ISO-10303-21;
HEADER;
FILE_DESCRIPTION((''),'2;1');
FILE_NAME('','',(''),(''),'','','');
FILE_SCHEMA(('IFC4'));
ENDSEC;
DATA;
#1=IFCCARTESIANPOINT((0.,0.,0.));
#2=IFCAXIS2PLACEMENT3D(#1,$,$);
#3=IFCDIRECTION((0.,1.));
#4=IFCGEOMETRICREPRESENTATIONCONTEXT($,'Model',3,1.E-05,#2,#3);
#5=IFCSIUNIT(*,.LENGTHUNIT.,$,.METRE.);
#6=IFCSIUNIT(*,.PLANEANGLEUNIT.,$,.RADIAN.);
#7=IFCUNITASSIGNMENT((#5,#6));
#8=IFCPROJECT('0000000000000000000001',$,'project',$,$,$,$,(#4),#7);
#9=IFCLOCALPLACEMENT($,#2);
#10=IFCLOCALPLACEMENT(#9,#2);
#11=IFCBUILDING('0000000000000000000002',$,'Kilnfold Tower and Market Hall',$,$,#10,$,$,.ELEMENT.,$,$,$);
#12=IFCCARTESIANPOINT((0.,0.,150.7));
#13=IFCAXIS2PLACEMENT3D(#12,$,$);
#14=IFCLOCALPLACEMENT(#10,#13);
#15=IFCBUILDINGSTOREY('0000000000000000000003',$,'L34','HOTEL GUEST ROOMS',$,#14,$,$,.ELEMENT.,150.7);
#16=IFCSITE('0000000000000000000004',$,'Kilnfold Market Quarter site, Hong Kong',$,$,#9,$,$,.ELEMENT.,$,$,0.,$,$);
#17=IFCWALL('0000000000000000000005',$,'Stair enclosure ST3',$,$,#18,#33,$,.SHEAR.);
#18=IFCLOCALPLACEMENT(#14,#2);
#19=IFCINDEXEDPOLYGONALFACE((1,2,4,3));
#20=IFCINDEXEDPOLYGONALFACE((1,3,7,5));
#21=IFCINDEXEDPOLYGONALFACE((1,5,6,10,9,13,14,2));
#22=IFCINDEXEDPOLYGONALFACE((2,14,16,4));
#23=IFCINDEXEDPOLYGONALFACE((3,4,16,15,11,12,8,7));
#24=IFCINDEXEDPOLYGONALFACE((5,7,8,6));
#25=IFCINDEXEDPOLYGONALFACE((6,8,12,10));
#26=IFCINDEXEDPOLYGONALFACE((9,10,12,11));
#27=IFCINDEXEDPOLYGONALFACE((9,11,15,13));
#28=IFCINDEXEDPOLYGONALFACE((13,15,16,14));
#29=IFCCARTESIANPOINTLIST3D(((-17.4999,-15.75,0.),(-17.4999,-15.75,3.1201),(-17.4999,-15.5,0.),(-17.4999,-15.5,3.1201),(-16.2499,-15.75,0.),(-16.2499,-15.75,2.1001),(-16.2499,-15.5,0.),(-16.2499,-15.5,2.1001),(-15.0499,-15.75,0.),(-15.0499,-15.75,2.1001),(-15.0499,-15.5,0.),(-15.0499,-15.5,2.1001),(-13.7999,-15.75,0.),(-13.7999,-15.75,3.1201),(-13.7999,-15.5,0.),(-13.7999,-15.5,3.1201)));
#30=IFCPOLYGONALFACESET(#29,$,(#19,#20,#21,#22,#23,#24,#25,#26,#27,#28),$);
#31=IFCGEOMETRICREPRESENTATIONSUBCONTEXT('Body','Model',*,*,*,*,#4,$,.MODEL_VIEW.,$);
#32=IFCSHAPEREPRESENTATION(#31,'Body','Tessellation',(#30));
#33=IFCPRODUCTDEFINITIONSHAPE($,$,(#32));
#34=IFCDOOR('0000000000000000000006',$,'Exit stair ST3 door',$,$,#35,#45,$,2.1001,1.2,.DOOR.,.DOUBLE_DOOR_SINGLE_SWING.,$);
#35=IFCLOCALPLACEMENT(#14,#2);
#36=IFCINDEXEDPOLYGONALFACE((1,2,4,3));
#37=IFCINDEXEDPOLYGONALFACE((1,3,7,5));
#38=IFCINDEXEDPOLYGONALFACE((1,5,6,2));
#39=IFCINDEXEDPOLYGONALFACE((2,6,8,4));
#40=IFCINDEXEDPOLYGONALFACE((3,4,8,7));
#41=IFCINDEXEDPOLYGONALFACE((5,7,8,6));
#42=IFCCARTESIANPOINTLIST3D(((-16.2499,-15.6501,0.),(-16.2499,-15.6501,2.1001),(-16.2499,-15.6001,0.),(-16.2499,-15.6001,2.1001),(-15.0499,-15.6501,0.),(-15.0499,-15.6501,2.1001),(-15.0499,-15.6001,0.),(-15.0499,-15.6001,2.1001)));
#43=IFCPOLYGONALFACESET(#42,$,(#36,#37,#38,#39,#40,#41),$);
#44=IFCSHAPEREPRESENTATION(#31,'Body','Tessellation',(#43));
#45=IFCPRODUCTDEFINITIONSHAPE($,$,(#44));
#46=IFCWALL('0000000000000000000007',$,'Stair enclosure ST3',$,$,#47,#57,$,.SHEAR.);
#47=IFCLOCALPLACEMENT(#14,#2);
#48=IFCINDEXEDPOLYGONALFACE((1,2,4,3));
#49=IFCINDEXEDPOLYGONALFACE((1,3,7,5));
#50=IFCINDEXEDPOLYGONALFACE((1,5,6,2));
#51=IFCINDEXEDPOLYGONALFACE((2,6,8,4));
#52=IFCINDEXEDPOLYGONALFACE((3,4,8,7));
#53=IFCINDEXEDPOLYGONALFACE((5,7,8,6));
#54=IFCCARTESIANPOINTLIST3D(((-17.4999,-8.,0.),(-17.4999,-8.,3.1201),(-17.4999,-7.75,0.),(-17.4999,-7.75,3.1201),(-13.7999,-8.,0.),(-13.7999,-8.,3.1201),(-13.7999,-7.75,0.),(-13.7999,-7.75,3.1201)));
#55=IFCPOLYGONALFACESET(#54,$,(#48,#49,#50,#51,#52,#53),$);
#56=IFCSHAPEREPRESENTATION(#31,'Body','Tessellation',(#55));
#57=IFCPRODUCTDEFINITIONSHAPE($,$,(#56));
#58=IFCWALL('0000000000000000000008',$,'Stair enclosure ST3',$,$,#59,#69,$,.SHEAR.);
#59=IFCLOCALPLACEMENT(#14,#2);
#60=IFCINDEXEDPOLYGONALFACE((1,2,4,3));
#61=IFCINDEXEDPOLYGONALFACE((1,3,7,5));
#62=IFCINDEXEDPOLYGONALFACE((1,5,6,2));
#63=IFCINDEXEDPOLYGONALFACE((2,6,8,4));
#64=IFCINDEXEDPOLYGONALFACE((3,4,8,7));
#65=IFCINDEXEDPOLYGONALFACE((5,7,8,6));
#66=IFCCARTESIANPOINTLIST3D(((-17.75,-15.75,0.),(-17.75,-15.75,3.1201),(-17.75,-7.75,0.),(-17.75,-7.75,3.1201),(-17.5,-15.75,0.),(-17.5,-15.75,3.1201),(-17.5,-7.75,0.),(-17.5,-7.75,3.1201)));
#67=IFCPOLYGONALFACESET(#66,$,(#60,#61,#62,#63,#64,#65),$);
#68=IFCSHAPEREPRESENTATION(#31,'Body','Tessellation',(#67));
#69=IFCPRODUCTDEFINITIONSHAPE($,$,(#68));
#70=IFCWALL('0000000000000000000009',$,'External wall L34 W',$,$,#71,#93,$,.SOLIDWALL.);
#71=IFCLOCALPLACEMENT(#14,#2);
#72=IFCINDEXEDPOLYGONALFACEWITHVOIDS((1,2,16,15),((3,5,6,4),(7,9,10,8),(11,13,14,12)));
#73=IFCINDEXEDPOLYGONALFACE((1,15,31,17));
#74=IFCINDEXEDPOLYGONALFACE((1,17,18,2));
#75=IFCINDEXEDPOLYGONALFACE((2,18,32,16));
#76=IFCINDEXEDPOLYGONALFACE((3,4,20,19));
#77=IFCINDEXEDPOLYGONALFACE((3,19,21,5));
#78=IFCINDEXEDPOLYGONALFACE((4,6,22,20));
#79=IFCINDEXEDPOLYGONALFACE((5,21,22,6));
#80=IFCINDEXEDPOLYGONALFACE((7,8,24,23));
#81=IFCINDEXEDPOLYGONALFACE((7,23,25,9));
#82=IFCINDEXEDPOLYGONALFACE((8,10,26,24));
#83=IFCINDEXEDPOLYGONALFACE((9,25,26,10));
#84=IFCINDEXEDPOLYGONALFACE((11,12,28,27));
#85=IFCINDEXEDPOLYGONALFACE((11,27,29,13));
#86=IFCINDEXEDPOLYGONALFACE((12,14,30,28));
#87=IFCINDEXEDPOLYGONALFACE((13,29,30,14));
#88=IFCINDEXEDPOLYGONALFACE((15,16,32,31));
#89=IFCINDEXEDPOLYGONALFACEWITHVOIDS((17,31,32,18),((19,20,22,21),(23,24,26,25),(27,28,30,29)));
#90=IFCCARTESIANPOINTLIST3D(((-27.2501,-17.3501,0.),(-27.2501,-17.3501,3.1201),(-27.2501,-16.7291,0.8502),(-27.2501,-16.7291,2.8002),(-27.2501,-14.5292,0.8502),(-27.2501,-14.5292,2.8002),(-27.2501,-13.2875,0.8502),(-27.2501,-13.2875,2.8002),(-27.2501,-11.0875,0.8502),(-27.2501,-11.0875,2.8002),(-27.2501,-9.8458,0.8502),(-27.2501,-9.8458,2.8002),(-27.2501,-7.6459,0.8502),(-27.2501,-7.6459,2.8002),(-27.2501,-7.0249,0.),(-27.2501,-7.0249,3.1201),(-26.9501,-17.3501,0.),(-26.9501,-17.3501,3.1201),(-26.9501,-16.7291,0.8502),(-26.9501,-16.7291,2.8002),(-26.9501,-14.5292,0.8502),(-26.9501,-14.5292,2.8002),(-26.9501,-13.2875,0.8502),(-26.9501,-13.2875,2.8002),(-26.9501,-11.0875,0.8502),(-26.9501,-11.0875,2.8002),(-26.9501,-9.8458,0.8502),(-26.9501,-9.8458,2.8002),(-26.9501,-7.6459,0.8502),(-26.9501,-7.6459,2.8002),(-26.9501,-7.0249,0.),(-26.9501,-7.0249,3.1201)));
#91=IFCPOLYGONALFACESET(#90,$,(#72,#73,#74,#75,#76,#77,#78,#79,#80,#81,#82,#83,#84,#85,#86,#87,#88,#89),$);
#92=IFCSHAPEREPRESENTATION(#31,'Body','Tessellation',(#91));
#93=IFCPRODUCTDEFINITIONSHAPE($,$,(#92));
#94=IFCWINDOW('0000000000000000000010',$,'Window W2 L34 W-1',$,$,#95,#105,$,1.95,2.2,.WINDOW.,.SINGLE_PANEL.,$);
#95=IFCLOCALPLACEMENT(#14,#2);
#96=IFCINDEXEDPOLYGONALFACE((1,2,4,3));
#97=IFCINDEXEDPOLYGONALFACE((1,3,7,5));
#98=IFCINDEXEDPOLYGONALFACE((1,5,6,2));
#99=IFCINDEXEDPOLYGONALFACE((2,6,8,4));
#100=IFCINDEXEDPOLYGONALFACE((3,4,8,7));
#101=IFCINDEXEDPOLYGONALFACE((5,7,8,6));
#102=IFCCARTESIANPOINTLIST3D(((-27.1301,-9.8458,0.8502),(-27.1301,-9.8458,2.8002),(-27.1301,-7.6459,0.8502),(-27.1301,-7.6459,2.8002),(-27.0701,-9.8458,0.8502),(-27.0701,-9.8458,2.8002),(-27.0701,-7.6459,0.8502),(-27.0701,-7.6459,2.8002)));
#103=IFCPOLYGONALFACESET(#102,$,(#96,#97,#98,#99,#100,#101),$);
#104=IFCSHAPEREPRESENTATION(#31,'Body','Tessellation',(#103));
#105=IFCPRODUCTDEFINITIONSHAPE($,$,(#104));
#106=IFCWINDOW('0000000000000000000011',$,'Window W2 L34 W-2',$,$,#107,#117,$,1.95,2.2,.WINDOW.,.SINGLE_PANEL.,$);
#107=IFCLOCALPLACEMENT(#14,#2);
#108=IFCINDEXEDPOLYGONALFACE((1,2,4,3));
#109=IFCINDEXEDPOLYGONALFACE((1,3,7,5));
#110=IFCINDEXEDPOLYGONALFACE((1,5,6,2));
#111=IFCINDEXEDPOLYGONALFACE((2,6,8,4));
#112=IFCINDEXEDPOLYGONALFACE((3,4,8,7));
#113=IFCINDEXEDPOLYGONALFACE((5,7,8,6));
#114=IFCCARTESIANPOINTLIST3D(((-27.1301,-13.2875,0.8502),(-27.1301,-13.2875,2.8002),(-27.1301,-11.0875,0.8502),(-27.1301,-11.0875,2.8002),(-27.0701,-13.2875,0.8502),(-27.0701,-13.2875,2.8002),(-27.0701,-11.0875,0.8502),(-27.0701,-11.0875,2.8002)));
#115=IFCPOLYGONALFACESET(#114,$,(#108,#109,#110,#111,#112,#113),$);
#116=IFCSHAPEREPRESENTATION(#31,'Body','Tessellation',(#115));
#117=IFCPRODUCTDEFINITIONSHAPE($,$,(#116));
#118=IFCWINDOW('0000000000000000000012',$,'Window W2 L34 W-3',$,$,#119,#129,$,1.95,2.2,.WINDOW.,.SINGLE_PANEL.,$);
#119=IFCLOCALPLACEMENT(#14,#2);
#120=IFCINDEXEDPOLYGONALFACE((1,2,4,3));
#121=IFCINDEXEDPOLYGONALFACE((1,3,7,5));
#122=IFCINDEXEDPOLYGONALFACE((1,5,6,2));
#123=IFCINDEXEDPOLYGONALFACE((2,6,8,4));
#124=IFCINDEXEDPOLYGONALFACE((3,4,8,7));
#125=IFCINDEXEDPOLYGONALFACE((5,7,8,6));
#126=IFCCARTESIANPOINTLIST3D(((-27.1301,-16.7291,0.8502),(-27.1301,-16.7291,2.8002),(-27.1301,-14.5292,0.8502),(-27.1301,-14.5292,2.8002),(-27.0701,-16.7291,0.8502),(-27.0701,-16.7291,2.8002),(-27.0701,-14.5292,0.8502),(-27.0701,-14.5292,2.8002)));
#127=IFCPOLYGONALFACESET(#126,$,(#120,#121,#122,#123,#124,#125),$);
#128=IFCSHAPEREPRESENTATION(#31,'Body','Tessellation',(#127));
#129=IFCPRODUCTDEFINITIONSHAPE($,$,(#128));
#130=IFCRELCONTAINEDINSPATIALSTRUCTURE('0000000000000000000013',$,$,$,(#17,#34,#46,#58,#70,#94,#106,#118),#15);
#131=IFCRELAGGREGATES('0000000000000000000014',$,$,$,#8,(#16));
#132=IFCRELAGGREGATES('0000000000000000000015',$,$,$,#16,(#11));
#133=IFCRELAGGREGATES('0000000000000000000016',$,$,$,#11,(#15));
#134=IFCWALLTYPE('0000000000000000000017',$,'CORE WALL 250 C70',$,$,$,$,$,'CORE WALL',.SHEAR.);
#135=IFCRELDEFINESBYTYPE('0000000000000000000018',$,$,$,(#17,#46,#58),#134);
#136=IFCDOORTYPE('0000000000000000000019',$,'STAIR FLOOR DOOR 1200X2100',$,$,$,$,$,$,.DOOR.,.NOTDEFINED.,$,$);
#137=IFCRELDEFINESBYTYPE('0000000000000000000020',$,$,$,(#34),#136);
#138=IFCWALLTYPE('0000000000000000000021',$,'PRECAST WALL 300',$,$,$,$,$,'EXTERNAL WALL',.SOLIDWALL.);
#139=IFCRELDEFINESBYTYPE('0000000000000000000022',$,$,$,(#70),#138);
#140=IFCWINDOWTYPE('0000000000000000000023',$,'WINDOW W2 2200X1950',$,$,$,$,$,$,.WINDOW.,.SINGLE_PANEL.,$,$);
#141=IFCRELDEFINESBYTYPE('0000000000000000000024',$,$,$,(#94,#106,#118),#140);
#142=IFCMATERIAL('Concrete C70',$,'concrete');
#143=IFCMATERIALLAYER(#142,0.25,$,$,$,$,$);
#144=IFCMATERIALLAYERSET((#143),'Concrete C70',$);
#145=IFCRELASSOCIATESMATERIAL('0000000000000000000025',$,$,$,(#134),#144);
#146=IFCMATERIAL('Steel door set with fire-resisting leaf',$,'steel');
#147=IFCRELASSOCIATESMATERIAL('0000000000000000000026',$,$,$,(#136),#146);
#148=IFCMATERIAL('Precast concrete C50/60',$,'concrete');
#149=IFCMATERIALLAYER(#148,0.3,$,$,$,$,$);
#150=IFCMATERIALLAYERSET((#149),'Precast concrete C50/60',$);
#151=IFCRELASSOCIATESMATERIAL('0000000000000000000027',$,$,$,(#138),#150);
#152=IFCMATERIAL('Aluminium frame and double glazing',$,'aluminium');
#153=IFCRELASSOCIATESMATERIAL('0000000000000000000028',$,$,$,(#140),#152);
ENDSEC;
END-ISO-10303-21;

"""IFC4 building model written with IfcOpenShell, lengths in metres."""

from ifc_helpers import new_model, si_unit, direction, frame, frame_2d, origin, place, context, subcontext, project, spatial, rectangle, extrude, source, transform, mapped, material, layer, layer_set, type_object, element, fill, save


model = new_model("IFC4")

# Units and contexts
model_context = context("Model", 3, precision=1e-05, world=origin(), true_north=direction((0.0, 1.0)))
body_context = subcontext(model_context, "Body", "Model", "MODEL_VIEW")
ifc_project = project(units=[si_unit("LENGTHUNIT", "METRE"), si_unit("PLANEANGLEUNIT", "RADIAN")], contexts=[model_context])

# Site, building, storey
site_placement = place(None, origin())
site = spatial("IfcSite", under=ifc_project, at=site_placement, Name="Kilnfold Market Quarter site, Hong Kong", CompositionType="ELEMENT", RefElevation=0.0)
building_placement = place(site_placement, origin())
building = spatial("IfcBuilding", under=site, at=building_placement, Name="Kilnfold Tower and Market Hall", CompositionType="ELEMENT")
storey_placement = place(building_placement, frame((0.0, 0.0, 150.7)))
storey = spatial("IfcBuildingStorey", under=building, at=storey_placement, Name="L34", Description="HOTEL GUEST ROOMS", CompositionType="ELEMENT", Elevation=150.7)

# Wall, opening, door
ifc_material_1 = material(Name="Concrete C70", Category="concrete")
ifc_layer_1 = layer(ifc_material_1, 0.25)
ifc_layer_set_1 = layer_set([ifc_layer_1], Name="Concrete C70")
wall_type_1 = type_object("IfcWallType", Name="CORE WALL 250 C70", ElementType="CORE WALL", PredefinedType="SHEAR", material=ifc_layer_set_1)
shared_shape_1 = source(origin(), body_context, "Body", "SweptSolid", [
    extrude(rectangle(XDim=3.7, YDim=0.25, at=frame_2d((1.8501, 0.0))), origin(), (0.0, 0.0, 1.0), 3.1201),
])
wall_1_placement = place(storey_placement, frame((-17.5, -15.625, 0.0), z_axis=(0.0, 0.0, 1.0), x_axis=(1.0, 0.0, 0.0)))
wall_1 = element("IfcWall", 1, at=wall_1_placement, inside=storey, type_object=wall_type_1, Name="Stair enclosure ST3", PredefinedType="SHEAR", context=body_context, shape_type="MappedRepresentation", body=[
    mapped(shared_shape_1, transform((0.0, 0.0, 0.0))),
])
opening_1_placement = place(wall_1_placement, frame((1.25, 0.0, 0.0)))
opening_1 = element("IfcOpeningElement", 2, at=opening_1_placement, cuts=wall_1, PredefinedType="OPENING", context=body_context, shape_type="SweptSolid", body=[
    extrude(rectangle(XDim=1.2, YDim=2.1001, at=frame_2d((0.6001, 1.05))), frame((0.0, 0.135, 0.0), z_axis=(0.0, -1.0, 0.0), x_axis=(1.0, 0.0, 0.0)), (0.0, 0.0, 1.0), 0.27),
])
ifc_material_2 = material(Name="Steel door set with fire-resisting leaf", Category="steel")
door_type_1 = type_object("IfcDoorType", Name="STAIR FLOOR DOOR 1200X2100", OperationType="NOTDEFINED", PredefinedType="DOOR", material=ifc_material_2)
door_1_placement = place(opening_1_placement, origin())
door_1 = element("IfcDoor", 3, at=door_1_placement, inside=storey, type_object=door_type_1, Name="Exit stair ST3 door", OperationType="DOUBLE_DOOR_SINGLE_SWING", OverallHeight=2.1001, OverallWidth=1.2, PredefinedType="DOOR", context=body_context, shape_type="SweptSolid", body=[
    extrude(rectangle(XDim=1.2, YDim=2.1001, at=frame_2d((0.6001, 1.05))), frame((0.0, 0.0249, 0.0), z_axis=(0.0, -1.0, 0.0), x_axis=(1.0, 0.0, 0.0)), (0.0, 0.0, 1.0), 0.05),
])
fill(opening_1, door_1)

# Walls
wall_2_placement = place(storey_placement, frame((-17.5, -7.875, 0.0), z_axis=(0.0, 0.0, 1.0), x_axis=(1.0, 0.0, 0.0)))
element("IfcWall", 4, at=wall_2_placement, inside=storey, type_object=wall_type_1, Name="Stair enclosure ST3", PredefinedType="SHEAR", context=body_context, shape_type="MappedRepresentation", body=[
    mapped(shared_shape_1, transform((0.0, 0.0, 0.0))),
])
shared_shape_2 = source(origin(), body_context, "Body", "SweptSolid", [
    extrude(rectangle(XDim=8.0, YDim=0.25, at=frame_2d((4.0, 0.0))), origin(), (0.0, 0.0, 1.0), 3.1201),
])
wall_3_placement = place(storey_placement, frame((-17.625, -15.75, 0.0), z_axis=(0.0, 0.0, 1.0), x_axis=(0.0, 1.0, 0.0)))
element("IfcWall", 5, at=wall_3_placement, inside=storey, type_object=wall_type_1, Name="Stair enclosure ST3", PredefinedType="SHEAR", context=body_context, shape_type="MappedRepresentation", body=[
    mapped(shared_shape_2, transform((0.0, 0.0, 0.0))),
])

# Wall, openings, windows
ifc_material_3 = material(Name="Precast concrete C50/60", Category="concrete")
ifc_layer_2 = layer(ifc_material_3, 0.3)
ifc_layer_set_2 = layer_set([ifc_layer_2], Name="Precast concrete C50/60")
wall_type_2 = type_object("IfcWallType", Name="PRECAST WALL 300", ElementType="EXTERNAL WALL", PredefinedType="SOLIDWALL", material=ifc_layer_set_2)
shared_shape_3 = source(origin(), body_context, "Body", "SweptSolid", [
    extrude(rectangle(XDim=10.3252, YDim=0.3, at=frame_2d((5.1626, 0.0))), origin(), (0.0, 0.0, 1.0), 3.1201),
])
wall_4_placement = place(storey_placement, frame((-27.1001, -7.0249, 0.0), z_axis=(0.0, 0.0, 1.0), x_axis=(0.0, -1.0, 0.0)))
wall_4 = element("IfcWall", 6, at=wall_4_placement, inside=storey, type_object=wall_type_2, Name="External wall L34 W", PredefinedType="SOLIDWALL", context=body_context, shape_type="MappedRepresentation", body=[
    mapped(shared_shape_3, transform((0.0, 0.0, 0.0))),
])
opening_2_placement = place(wall_4_placement, frame((0.6208, 0.0, 0.8501)))
opening_2 = element("IfcOpeningElement", 7, at=opening_2_placement, cuts=wall_4, PredefinedType="OPENING", context=body_context, shape_type="SweptSolid", body=[
    extrude(rectangle(XDim=2.2, YDim=1.95, at=frame_2d((1.1001, 0.9751))), frame((0.0, 0.1602, 0.0), z_axis=(0.0, -1.0, 0.0), x_axis=(1.0, 0.0, 0.0)), (0.0, 0.0, 1.0), 0.3201),
])
opening_3_placement = place(wall_4_placement, frame((4.0625, 0.0, 0.8501)))
opening_3 = element("IfcOpeningElement", 8, at=opening_3_placement, cuts=wall_4, PredefinedType="OPENING", context=body_context, shape_type="SweptSolid", body=[
    extrude(rectangle(XDim=2.2, YDim=1.95, at=frame_2d((1.1001, 0.9751))), frame((0.0, 0.1602, 0.0), z_axis=(0.0, -1.0, 0.0), x_axis=(1.0, 0.0, 0.0)), (0.0, 0.0, 1.0), 0.3201),
])
opening_4_placement = place(wall_4_placement, frame((7.5042, 0.0, 0.8501)))
opening_4 = element("IfcOpeningElement", 9, at=opening_4_placement, cuts=wall_4, PredefinedType="OPENING", context=body_context, shape_type="SweptSolid", body=[
    extrude(rectangle(XDim=2.2, YDim=1.95, at=frame_2d((1.1001, 0.9751))), frame((0.0, 0.1602, 0.0), z_axis=(0.0, -1.0, 0.0), x_axis=(1.0, 0.0, 0.0)), (0.0, 0.0, 1.0), 0.3201),
])
ifc_material_4 = material(Name="Aluminium frame and double glazing", Category="aluminium")
window_type = type_object("IfcWindowType", Name="WINDOW W2 2200X1950", PartitioningType="SINGLE_PANEL", PredefinedType="WINDOW", material=ifc_material_4)
window_1_placement = place(opening_2_placement, origin())
window_1 = element("IfcWindow", 10, at=window_1_placement, inside=storey, type_object=window_type, Name="Window W2 L34 W-1", OverallHeight=1.95, OverallWidth=2.2, PartitioningType="SINGLE_PANEL", PredefinedType="WINDOW", context=body_context, shape_type="SweptSolid", body=[
    extrude(rectangle(XDim=2.2, YDim=1.95, at=frame_2d((1.1001, 0.9751))), frame((0.0, 0.03, 0.0), z_axis=(0.0, -1.0, 0.0), x_axis=(1.0, 0.0, 0.0)), (0.0, 0.0, 1.0), 0.0601),
])
fill(opening_2, window_1)
window_2_placement = place(opening_3_placement, origin())
window_2 = element("IfcWindow", 11, at=window_2_placement, inside=storey, type_object=window_type, Name="Window W2 L34 W-2", OverallHeight=1.95, OverallWidth=2.2, PartitioningType="SINGLE_PANEL", PredefinedType="WINDOW", context=body_context, shape_type="SweptSolid", body=[
    extrude(rectangle(XDim=2.2, YDim=1.95, at=frame_2d((1.1001, 0.9751))), frame((0.0, 0.03, 0.0), z_axis=(0.0, -1.0, 0.0), x_axis=(1.0, 0.0, 0.0)), (0.0, 0.0, 1.0), 0.0601),
])
fill(opening_3, window_2)
window_3_placement = place(opening_4_placement, origin())
window_3 = element("IfcWindow", 12, at=window_3_placement, inside=storey, type_object=window_type, Name="Window W2 L34 W-3", OverallHeight=1.95, OverallWidth=2.2, PartitioningType="SINGLE_PANEL", PredefinedType="WINDOW", context=body_context, shape_type="SweptSolid", body=[
    extrude(rectangle(XDim=2.2, YDim=1.95, at=frame_2d((1.1001, 0.9751))), frame((0.0, 0.03, 0.0), z_axis=(0.0, -1.0, 0.0), x_axis=(1.0, 0.0, 0.0)), (0.0, 0.0, 1.0), 0.0601),
])
fill(opening_4, window_3)

save(model, "model.ifc")
